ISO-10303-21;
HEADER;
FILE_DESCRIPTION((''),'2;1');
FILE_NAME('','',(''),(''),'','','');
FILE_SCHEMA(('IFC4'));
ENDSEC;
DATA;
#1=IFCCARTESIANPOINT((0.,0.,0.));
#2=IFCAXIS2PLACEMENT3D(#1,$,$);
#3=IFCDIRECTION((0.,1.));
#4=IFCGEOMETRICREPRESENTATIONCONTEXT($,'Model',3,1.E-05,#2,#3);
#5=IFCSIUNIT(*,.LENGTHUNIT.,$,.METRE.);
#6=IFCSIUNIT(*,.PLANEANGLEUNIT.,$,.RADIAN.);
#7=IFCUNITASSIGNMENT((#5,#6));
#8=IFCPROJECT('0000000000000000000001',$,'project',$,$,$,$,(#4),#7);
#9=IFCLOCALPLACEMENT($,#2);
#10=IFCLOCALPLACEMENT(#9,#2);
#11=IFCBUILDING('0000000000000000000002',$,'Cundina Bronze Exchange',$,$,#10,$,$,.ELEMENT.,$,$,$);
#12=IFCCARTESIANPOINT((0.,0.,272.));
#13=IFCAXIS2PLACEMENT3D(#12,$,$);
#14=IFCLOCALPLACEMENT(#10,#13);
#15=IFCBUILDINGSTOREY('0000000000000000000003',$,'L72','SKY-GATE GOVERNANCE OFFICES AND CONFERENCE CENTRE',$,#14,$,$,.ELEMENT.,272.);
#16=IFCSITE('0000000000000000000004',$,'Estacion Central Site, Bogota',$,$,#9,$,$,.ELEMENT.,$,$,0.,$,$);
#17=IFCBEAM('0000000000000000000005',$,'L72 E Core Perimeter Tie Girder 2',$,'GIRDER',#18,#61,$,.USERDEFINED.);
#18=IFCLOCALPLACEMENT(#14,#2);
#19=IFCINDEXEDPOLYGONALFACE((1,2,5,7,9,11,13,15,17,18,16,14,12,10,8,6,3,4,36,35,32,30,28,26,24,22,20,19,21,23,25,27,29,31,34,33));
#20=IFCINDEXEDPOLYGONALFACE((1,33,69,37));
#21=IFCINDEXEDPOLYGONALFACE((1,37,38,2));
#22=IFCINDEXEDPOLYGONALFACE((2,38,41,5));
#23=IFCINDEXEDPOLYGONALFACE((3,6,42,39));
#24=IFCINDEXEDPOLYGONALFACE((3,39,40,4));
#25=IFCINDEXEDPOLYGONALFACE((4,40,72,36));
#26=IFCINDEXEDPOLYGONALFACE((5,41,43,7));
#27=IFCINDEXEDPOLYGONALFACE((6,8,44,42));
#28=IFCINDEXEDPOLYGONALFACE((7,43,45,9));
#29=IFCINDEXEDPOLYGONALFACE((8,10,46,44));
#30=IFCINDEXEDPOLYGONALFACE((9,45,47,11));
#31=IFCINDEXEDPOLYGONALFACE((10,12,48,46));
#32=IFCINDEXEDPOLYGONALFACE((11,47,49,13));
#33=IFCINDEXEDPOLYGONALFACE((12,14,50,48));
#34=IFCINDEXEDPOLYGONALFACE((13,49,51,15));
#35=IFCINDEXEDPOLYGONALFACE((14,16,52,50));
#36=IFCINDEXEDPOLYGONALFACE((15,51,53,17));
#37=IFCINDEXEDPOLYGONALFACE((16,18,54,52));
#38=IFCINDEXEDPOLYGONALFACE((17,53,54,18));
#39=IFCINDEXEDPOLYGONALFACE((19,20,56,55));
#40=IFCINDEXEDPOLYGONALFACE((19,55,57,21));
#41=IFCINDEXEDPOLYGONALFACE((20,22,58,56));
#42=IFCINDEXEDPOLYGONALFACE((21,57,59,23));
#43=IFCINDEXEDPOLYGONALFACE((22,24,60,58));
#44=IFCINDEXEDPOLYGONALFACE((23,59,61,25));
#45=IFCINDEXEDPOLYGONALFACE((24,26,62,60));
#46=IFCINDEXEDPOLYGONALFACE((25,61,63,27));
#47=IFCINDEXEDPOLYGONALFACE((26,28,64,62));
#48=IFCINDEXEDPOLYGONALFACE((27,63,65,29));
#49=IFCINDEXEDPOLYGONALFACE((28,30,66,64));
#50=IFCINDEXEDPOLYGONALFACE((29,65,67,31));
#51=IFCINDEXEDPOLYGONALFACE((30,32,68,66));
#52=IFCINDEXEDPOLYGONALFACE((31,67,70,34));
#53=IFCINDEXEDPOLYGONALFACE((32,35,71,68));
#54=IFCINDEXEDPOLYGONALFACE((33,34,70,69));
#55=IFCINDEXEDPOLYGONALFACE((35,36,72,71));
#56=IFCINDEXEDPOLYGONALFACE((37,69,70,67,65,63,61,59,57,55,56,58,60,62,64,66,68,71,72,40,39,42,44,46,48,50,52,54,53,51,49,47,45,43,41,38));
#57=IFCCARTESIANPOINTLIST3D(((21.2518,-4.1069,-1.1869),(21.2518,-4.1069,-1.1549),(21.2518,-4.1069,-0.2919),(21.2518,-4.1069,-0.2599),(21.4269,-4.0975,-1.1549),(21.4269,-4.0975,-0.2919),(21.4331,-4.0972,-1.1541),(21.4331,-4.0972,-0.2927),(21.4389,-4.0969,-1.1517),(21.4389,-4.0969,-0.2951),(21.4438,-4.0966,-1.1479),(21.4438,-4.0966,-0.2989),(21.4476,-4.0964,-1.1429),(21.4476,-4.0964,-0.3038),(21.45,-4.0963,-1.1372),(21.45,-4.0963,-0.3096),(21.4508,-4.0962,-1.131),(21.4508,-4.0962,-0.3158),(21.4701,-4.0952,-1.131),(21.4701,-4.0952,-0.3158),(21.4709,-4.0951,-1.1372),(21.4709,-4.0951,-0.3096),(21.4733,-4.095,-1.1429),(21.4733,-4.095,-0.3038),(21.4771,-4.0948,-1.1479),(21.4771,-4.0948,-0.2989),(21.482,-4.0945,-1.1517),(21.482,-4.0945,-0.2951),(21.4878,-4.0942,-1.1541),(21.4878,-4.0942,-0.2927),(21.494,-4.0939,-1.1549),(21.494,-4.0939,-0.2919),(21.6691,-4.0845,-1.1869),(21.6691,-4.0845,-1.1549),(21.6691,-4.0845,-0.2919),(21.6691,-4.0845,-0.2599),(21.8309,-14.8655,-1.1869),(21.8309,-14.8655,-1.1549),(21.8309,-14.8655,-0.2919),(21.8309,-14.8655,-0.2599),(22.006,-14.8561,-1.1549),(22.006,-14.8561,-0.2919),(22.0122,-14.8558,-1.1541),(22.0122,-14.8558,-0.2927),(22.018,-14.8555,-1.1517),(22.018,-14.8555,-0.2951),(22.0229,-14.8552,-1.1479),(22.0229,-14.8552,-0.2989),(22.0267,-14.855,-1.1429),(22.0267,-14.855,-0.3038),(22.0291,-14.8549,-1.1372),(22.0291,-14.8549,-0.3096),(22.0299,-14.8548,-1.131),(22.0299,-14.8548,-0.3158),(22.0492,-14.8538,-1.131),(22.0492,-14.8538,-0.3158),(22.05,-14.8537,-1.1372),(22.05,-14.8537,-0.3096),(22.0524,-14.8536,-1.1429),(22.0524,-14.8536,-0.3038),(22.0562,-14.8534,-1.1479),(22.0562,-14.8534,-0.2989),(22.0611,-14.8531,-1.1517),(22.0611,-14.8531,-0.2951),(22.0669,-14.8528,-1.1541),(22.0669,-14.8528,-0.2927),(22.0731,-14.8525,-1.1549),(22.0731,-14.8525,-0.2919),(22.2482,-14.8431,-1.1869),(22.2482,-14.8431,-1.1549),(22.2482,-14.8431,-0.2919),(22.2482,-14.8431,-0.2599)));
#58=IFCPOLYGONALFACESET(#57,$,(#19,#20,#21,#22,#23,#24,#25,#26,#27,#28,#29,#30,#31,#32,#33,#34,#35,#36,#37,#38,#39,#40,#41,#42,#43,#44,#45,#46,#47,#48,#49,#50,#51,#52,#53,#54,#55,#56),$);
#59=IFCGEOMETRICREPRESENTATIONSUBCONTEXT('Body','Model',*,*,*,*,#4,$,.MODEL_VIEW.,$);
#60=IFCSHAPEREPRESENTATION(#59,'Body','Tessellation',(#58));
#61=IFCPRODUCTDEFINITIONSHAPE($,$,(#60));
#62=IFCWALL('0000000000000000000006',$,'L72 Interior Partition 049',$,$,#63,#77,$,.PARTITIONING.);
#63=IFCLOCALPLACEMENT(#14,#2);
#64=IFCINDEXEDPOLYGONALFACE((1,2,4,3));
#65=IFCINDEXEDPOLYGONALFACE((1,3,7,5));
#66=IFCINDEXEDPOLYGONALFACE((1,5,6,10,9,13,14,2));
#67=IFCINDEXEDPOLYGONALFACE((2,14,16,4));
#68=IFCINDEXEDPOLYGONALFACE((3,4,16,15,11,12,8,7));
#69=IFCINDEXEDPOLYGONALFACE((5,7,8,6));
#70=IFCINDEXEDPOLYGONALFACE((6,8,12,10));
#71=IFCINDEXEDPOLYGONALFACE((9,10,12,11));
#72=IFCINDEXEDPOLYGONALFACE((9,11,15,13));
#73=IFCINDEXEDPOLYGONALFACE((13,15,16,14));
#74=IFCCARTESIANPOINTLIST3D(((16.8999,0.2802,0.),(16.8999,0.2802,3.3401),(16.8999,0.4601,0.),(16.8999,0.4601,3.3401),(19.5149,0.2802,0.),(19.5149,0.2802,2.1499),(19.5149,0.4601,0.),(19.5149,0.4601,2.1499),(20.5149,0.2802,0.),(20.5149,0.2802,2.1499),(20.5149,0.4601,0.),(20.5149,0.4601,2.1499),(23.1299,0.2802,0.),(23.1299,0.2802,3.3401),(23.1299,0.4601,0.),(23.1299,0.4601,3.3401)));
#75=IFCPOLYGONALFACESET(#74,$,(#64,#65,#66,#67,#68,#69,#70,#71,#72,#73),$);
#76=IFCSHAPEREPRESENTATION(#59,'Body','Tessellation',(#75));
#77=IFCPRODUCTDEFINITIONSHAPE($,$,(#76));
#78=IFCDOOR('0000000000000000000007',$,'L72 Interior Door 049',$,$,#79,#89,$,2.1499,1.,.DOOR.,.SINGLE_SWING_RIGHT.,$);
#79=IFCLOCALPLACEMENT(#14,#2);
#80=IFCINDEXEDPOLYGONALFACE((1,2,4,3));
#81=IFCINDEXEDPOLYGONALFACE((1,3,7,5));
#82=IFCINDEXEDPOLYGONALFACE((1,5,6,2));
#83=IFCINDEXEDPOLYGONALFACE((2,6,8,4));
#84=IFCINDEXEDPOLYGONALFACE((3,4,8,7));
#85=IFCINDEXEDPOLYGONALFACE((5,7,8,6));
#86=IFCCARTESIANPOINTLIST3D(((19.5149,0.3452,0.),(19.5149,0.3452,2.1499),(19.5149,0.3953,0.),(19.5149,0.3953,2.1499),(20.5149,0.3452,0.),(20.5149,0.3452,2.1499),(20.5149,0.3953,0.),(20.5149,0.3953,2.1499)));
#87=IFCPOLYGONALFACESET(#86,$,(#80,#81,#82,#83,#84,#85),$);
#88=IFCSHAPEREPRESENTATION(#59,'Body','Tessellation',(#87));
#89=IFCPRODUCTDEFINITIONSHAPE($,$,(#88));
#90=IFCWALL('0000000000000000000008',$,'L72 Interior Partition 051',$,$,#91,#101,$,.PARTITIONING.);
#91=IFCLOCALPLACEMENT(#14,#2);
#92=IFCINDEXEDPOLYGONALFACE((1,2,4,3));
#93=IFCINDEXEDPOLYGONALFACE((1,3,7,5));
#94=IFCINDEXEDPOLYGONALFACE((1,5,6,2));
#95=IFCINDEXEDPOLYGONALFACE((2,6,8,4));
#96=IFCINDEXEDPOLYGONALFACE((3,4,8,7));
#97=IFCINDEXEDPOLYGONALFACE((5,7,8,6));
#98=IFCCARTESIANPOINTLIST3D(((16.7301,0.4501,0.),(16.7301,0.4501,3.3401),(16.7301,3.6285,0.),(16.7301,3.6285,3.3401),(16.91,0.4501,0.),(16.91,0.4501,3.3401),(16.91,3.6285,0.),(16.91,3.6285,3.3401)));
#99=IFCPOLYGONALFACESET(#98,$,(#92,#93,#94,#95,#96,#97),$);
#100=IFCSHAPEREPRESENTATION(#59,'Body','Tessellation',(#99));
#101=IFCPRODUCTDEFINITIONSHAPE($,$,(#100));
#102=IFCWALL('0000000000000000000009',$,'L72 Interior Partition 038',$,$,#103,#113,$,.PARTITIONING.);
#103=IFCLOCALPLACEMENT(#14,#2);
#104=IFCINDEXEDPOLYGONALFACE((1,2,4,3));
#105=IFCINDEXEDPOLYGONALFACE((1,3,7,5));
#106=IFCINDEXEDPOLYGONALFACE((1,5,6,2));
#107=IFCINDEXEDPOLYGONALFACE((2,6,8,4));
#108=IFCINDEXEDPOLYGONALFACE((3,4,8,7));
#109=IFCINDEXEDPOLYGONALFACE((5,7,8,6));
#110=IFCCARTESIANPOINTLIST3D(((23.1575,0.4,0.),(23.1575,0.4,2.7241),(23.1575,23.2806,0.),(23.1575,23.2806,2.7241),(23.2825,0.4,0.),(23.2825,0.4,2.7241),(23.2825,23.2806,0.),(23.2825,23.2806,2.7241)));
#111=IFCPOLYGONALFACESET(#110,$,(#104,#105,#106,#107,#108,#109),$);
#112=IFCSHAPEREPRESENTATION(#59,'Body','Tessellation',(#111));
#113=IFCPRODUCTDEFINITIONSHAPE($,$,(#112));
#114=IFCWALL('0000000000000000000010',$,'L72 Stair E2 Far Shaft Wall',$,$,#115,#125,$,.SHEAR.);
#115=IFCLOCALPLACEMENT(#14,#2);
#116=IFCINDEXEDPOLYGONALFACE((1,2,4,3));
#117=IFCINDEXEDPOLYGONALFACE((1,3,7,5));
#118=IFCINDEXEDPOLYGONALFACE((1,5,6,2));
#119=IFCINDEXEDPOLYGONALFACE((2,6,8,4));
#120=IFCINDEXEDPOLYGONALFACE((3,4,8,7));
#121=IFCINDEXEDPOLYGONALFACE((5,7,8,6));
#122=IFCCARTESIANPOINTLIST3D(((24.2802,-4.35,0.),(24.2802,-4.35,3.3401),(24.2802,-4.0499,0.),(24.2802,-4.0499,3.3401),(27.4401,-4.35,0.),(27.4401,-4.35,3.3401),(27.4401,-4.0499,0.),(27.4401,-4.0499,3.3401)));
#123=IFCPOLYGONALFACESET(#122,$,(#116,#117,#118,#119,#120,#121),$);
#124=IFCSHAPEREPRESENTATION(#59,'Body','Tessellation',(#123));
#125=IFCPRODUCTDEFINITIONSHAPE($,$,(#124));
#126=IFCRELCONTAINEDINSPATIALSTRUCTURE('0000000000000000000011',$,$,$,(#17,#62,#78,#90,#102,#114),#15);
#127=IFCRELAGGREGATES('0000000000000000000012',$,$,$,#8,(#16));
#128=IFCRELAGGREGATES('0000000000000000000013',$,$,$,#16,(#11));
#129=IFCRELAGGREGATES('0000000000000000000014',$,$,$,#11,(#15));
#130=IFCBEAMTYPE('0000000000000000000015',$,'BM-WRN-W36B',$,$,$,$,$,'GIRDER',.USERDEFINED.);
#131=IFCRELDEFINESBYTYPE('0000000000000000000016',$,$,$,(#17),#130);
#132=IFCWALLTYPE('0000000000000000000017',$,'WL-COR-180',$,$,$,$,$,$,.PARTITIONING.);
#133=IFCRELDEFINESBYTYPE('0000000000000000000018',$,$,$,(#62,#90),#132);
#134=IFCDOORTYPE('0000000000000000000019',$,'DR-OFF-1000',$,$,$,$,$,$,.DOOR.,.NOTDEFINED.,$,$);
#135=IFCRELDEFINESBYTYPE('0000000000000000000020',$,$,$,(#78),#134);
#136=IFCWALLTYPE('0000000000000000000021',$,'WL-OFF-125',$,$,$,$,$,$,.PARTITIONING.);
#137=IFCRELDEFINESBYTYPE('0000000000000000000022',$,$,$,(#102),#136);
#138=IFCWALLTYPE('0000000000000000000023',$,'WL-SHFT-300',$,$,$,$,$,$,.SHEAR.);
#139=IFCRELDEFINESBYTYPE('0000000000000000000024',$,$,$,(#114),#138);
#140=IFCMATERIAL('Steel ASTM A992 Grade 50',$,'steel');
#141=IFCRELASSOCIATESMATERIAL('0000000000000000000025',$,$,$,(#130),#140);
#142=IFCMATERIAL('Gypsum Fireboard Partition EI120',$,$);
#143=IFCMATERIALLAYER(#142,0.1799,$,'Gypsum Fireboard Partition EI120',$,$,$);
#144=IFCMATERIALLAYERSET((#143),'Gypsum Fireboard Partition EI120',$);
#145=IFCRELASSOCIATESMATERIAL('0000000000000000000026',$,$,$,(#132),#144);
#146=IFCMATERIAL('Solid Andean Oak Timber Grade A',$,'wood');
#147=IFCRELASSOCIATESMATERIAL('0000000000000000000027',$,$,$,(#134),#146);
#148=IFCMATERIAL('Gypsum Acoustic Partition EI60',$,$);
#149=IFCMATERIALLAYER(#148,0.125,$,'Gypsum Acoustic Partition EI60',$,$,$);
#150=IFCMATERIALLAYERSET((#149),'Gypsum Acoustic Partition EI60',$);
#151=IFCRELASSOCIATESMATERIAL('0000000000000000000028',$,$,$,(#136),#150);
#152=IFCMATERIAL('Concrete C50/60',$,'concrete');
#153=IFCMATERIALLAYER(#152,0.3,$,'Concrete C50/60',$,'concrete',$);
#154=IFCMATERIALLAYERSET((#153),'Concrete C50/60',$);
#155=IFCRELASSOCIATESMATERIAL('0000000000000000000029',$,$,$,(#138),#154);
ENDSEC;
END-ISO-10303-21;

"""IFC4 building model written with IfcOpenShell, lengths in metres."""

from ifc_helpers import new_model, si_unit, direction, frame, frame_2d, origin, origin_2d, place, context, subcontext, project, spatial, rectangle, i_section, extrude, material, layer, layer_set, material_profile, profile_set, type_object, element, fill, save


model = new_model("IFC4")

# Units and contexts
model_context = context("Model", 3, precision=1e-05, world=origin(), true_north=direction((0.0, 1.0)))
body_context = subcontext(model_context, "Body", "Model", "MODEL_VIEW")
ifc_project = project(units=[si_unit("LENGTHUNIT", "METRE"), si_unit("PLANEANGLEUNIT", "RADIAN")], contexts=[model_context])

# Site, building, storey
site_placement = place(None, origin())
site = spatial("IfcSite", under=ifc_project, at=site_placement, Name="Estacion Central Site, Bogota", CompositionType="ELEMENT", RefElevation=0.0)
building_placement = place(site_placement, origin())
building = spatial("IfcBuilding", under=site, at=building_placement, Name="Cundina Bronze Exchange", CompositionType="ELEMENT")
storey_placement = place(building_placement, frame((0.0, 0.0, 272.0)))
storey = spatial("IfcBuildingStorey", under=building, at=storey_placement, Name="L72", Description="SKY-GATE GOVERNANCE OFFICES AND CONFERENCE CENTRE", CompositionType="ELEMENT", Elevation=272.0)

# Shared definitions
ifc_material_1 = material(Name="Concrete C50/60", Category="concrete")
ifc_material_2 = material(Name="Steel ASTM A992 Grade 50", Category="steel")

# Beam
ifc_material_profile_1 = material_profile(ifc_material_2, i_section(OverallWidth=0.418, OverallDepth=0.927, WebThickness=0.0193, FlangeThickness=0.032, FilletRadius=0.0239, at=origin_2d()), Name="W36X231", Category="steel")
ifc_profile_set_1 = profile_set([ifc_material_profile_1], Name="Steel ASTM A992 Grade 50")
beam_type_1 = type_object("IfcBeamType", Name="BM-WRN-W36B", ElementType="GIRDER", PredefinedType="USERDEFINED", material=ifc_profile_set_1)
beam_1_placement = place(storey_placement, frame((21.4604, -4.0957, -0.7234), z_axis=(0.053749, -0.998554, 0.0), x_axis=(0.998554, 0.053749, 0.0)))
element("IfcBeam", 1, at=beam_1_placement, inside=storey, type_object=beam_type_1, Name="L72 E Core Perimeter Tie Girder 2", ObjectType="GIRDER", PredefinedType="USERDEFINED", context=body_context, shape_type="SweptSolid", body=[
    extrude(i_section(OverallWidth=0.418, OverallDepth=0.927, WebThickness=0.0193, FlangeThickness=0.032, FilletRadius=0.0239, at=origin_2d()), origin(), (0.0, 0.0, 1.0), 10.7742),
])

# Wall, opening, door
ifc_material_3 = material(Name="Gypsum Fireboard Partition EI120")
ifc_layer_1 = layer(ifc_material_3, 0.1799, Name="Gypsum Fireboard Partition EI120")
ifc_layer_set_1 = layer_set([ifc_layer_1], Name="Gypsum Fireboard Partition EI120")
wall_type_1 = type_object("IfcWallType", Name="WL-COR-180", PredefinedType="PARTITIONING", material=ifc_layer_set_1)
wall_1_placement = place(storey_placement, frame((23.1299, 0.3701, 0.0), z_axis=(0.0, 0.0, 1.0), x_axis=(-1.0, 0.0, 0.0)))
wall_1 = element("IfcWall", 2, at=wall_1_placement, inside=storey, type_object=wall_type_1, Name="L72 Interior Partition 049", PredefinedType="PARTITIONING", context=body_context, shape_type="SweptSolid", body=[
    extrude(rectangle(XDim=6.23, YDim=0.1799, at=frame_2d((3.115, 0.0))), origin(), (0.0, 0.0, 1.0), 3.3401),
])
opening_1_placement = place(wall_1_placement, frame((2.615, 0.0, 0.0)))
opening_1 = element("IfcOpeningElement", 3, at=opening_1_placement, cuts=wall_1, PredefinedType="OPENING", context=body_context, shape_type="SweptSolid", body=[
    extrude(rectangle(XDim=1.0, YDim=2.1499, at=frame_2d((0.5, 1.075))), frame((0.0, 0.0999, 0.0), z_axis=(0.0, -1.0, 0.0), x_axis=(1.0, 0.0, 0.0)), (0.0, 0.0, 1.0), 0.2),
])
ifc_material_4 = material(Name="Solid Andean Oak Timber Grade A", Category="wood")
door_type_1 = type_object("IfcDoorType", Name="DR-OFF-1000", OperationType="NOTDEFINED", PredefinedType="DOOR", material=ifc_material_4)
door_1_placement = place(opening_1_placement, origin())
door_1 = element("IfcDoor", 4, at=door_1_placement, inside=storey, type_object=door_type_1, Name="L72 Interior Door 049", OperationType="SINGLE_SWING_RIGHT", OverallHeight=2.1499, OverallWidth=1.0, PredefinedType="DOOR", context=body_context, shape_type="SweptSolid", body=[
    extrude(rectangle(XDim=1.0, YDim=2.1499, at=frame_2d((0.5, 1.075))), frame((0.0, 0.0249, 0.0), z_axis=(0.0, -1.0, 0.0), x_axis=(1.0, 0.0, 0.0)), (0.0, 0.0, 1.0), 0.05),
])
fill(opening_1, door_1)

# Walls
wall_2_placement = place(storey_placement, frame((16.8201, 0.45, 0.0), z_axis=(0.0, 0.0, 1.0), x_axis=(0.0, 1.0, 0.0)))
element("IfcWall", 5, at=wall_2_placement, inside=storey, type_object=wall_type_1, Name="L72 Interior Partition 051", PredefinedType="PARTITIONING", context=body_context, shape_type="SweptSolid", body=[
    extrude(rectangle(XDim=3.1785, YDim=0.1799, at=frame_2d((1.5894, 0.0))), origin(), (0.0, 0.0, 1.0), 3.3401),
])
ifc_material_5 = material(Name="Gypsum Acoustic Partition EI60")
ifc_layer_2 = layer(ifc_material_5, 0.125, Name="Gypsum Acoustic Partition EI60")
ifc_layer_set_2 = layer_set([ifc_layer_2], Name="Gypsum Acoustic Partition EI60")
wall_type_2 = type_object("IfcWallType", Name="WL-OFF-125", PredefinedType="PARTITIONING", material=ifc_layer_set_2)
wall_3_placement = place(storey_placement, frame((23.22, 0.3999, 0.0), z_axis=(0.0, 0.0, 1.0), x_axis=(0.0, 1.0, 0.0)))
element("IfcWall", 6, at=wall_3_placement, inside=storey, type_object=wall_type_2, Name="L72 Interior Partition 038", PredefinedType="PARTITIONING", context=body_context, shape_type="SweptSolid", body=[
    extrude(rectangle(XDim=22.8806, YDim=0.125, at=frame_2d((11.4404, 0.0))), origin(), (0.0, 0.0, 1.0), 2.7241),
])
ifc_layer_3 = layer(ifc_material_1, 0.3, Name="Concrete C50/60", Category="concrete")
ifc_layer_set_3 = layer_set([ifc_layer_3], Name="Concrete C50/60")
wall_type_3 = type_object("IfcWallType", Name="WL-SHFT-300", PredefinedType="SHEAR", material=ifc_layer_set_3)
wall_4_placement = place(storey_placement, frame((24.28, -4.2, 0.0), z_axis=(0.0, 0.0, 1.0), x_axis=(1.0, 0.0, 0.0)))
element("IfcWall", 7, at=wall_4_placement, inside=storey, type_object=wall_type_3, Name="L72 Stair E2 Far Shaft Wall", PredefinedType="SHEAR", context=body_context, shape_type="SweptSolid", body=[
    extrude(rectangle(XDim=3.1599, YDim=0.3, at=frame_2d((1.5801, 0.0))), origin(), (0.0, 0.0, 1.0), 3.3401),
])

save(model, "model.ifc")
